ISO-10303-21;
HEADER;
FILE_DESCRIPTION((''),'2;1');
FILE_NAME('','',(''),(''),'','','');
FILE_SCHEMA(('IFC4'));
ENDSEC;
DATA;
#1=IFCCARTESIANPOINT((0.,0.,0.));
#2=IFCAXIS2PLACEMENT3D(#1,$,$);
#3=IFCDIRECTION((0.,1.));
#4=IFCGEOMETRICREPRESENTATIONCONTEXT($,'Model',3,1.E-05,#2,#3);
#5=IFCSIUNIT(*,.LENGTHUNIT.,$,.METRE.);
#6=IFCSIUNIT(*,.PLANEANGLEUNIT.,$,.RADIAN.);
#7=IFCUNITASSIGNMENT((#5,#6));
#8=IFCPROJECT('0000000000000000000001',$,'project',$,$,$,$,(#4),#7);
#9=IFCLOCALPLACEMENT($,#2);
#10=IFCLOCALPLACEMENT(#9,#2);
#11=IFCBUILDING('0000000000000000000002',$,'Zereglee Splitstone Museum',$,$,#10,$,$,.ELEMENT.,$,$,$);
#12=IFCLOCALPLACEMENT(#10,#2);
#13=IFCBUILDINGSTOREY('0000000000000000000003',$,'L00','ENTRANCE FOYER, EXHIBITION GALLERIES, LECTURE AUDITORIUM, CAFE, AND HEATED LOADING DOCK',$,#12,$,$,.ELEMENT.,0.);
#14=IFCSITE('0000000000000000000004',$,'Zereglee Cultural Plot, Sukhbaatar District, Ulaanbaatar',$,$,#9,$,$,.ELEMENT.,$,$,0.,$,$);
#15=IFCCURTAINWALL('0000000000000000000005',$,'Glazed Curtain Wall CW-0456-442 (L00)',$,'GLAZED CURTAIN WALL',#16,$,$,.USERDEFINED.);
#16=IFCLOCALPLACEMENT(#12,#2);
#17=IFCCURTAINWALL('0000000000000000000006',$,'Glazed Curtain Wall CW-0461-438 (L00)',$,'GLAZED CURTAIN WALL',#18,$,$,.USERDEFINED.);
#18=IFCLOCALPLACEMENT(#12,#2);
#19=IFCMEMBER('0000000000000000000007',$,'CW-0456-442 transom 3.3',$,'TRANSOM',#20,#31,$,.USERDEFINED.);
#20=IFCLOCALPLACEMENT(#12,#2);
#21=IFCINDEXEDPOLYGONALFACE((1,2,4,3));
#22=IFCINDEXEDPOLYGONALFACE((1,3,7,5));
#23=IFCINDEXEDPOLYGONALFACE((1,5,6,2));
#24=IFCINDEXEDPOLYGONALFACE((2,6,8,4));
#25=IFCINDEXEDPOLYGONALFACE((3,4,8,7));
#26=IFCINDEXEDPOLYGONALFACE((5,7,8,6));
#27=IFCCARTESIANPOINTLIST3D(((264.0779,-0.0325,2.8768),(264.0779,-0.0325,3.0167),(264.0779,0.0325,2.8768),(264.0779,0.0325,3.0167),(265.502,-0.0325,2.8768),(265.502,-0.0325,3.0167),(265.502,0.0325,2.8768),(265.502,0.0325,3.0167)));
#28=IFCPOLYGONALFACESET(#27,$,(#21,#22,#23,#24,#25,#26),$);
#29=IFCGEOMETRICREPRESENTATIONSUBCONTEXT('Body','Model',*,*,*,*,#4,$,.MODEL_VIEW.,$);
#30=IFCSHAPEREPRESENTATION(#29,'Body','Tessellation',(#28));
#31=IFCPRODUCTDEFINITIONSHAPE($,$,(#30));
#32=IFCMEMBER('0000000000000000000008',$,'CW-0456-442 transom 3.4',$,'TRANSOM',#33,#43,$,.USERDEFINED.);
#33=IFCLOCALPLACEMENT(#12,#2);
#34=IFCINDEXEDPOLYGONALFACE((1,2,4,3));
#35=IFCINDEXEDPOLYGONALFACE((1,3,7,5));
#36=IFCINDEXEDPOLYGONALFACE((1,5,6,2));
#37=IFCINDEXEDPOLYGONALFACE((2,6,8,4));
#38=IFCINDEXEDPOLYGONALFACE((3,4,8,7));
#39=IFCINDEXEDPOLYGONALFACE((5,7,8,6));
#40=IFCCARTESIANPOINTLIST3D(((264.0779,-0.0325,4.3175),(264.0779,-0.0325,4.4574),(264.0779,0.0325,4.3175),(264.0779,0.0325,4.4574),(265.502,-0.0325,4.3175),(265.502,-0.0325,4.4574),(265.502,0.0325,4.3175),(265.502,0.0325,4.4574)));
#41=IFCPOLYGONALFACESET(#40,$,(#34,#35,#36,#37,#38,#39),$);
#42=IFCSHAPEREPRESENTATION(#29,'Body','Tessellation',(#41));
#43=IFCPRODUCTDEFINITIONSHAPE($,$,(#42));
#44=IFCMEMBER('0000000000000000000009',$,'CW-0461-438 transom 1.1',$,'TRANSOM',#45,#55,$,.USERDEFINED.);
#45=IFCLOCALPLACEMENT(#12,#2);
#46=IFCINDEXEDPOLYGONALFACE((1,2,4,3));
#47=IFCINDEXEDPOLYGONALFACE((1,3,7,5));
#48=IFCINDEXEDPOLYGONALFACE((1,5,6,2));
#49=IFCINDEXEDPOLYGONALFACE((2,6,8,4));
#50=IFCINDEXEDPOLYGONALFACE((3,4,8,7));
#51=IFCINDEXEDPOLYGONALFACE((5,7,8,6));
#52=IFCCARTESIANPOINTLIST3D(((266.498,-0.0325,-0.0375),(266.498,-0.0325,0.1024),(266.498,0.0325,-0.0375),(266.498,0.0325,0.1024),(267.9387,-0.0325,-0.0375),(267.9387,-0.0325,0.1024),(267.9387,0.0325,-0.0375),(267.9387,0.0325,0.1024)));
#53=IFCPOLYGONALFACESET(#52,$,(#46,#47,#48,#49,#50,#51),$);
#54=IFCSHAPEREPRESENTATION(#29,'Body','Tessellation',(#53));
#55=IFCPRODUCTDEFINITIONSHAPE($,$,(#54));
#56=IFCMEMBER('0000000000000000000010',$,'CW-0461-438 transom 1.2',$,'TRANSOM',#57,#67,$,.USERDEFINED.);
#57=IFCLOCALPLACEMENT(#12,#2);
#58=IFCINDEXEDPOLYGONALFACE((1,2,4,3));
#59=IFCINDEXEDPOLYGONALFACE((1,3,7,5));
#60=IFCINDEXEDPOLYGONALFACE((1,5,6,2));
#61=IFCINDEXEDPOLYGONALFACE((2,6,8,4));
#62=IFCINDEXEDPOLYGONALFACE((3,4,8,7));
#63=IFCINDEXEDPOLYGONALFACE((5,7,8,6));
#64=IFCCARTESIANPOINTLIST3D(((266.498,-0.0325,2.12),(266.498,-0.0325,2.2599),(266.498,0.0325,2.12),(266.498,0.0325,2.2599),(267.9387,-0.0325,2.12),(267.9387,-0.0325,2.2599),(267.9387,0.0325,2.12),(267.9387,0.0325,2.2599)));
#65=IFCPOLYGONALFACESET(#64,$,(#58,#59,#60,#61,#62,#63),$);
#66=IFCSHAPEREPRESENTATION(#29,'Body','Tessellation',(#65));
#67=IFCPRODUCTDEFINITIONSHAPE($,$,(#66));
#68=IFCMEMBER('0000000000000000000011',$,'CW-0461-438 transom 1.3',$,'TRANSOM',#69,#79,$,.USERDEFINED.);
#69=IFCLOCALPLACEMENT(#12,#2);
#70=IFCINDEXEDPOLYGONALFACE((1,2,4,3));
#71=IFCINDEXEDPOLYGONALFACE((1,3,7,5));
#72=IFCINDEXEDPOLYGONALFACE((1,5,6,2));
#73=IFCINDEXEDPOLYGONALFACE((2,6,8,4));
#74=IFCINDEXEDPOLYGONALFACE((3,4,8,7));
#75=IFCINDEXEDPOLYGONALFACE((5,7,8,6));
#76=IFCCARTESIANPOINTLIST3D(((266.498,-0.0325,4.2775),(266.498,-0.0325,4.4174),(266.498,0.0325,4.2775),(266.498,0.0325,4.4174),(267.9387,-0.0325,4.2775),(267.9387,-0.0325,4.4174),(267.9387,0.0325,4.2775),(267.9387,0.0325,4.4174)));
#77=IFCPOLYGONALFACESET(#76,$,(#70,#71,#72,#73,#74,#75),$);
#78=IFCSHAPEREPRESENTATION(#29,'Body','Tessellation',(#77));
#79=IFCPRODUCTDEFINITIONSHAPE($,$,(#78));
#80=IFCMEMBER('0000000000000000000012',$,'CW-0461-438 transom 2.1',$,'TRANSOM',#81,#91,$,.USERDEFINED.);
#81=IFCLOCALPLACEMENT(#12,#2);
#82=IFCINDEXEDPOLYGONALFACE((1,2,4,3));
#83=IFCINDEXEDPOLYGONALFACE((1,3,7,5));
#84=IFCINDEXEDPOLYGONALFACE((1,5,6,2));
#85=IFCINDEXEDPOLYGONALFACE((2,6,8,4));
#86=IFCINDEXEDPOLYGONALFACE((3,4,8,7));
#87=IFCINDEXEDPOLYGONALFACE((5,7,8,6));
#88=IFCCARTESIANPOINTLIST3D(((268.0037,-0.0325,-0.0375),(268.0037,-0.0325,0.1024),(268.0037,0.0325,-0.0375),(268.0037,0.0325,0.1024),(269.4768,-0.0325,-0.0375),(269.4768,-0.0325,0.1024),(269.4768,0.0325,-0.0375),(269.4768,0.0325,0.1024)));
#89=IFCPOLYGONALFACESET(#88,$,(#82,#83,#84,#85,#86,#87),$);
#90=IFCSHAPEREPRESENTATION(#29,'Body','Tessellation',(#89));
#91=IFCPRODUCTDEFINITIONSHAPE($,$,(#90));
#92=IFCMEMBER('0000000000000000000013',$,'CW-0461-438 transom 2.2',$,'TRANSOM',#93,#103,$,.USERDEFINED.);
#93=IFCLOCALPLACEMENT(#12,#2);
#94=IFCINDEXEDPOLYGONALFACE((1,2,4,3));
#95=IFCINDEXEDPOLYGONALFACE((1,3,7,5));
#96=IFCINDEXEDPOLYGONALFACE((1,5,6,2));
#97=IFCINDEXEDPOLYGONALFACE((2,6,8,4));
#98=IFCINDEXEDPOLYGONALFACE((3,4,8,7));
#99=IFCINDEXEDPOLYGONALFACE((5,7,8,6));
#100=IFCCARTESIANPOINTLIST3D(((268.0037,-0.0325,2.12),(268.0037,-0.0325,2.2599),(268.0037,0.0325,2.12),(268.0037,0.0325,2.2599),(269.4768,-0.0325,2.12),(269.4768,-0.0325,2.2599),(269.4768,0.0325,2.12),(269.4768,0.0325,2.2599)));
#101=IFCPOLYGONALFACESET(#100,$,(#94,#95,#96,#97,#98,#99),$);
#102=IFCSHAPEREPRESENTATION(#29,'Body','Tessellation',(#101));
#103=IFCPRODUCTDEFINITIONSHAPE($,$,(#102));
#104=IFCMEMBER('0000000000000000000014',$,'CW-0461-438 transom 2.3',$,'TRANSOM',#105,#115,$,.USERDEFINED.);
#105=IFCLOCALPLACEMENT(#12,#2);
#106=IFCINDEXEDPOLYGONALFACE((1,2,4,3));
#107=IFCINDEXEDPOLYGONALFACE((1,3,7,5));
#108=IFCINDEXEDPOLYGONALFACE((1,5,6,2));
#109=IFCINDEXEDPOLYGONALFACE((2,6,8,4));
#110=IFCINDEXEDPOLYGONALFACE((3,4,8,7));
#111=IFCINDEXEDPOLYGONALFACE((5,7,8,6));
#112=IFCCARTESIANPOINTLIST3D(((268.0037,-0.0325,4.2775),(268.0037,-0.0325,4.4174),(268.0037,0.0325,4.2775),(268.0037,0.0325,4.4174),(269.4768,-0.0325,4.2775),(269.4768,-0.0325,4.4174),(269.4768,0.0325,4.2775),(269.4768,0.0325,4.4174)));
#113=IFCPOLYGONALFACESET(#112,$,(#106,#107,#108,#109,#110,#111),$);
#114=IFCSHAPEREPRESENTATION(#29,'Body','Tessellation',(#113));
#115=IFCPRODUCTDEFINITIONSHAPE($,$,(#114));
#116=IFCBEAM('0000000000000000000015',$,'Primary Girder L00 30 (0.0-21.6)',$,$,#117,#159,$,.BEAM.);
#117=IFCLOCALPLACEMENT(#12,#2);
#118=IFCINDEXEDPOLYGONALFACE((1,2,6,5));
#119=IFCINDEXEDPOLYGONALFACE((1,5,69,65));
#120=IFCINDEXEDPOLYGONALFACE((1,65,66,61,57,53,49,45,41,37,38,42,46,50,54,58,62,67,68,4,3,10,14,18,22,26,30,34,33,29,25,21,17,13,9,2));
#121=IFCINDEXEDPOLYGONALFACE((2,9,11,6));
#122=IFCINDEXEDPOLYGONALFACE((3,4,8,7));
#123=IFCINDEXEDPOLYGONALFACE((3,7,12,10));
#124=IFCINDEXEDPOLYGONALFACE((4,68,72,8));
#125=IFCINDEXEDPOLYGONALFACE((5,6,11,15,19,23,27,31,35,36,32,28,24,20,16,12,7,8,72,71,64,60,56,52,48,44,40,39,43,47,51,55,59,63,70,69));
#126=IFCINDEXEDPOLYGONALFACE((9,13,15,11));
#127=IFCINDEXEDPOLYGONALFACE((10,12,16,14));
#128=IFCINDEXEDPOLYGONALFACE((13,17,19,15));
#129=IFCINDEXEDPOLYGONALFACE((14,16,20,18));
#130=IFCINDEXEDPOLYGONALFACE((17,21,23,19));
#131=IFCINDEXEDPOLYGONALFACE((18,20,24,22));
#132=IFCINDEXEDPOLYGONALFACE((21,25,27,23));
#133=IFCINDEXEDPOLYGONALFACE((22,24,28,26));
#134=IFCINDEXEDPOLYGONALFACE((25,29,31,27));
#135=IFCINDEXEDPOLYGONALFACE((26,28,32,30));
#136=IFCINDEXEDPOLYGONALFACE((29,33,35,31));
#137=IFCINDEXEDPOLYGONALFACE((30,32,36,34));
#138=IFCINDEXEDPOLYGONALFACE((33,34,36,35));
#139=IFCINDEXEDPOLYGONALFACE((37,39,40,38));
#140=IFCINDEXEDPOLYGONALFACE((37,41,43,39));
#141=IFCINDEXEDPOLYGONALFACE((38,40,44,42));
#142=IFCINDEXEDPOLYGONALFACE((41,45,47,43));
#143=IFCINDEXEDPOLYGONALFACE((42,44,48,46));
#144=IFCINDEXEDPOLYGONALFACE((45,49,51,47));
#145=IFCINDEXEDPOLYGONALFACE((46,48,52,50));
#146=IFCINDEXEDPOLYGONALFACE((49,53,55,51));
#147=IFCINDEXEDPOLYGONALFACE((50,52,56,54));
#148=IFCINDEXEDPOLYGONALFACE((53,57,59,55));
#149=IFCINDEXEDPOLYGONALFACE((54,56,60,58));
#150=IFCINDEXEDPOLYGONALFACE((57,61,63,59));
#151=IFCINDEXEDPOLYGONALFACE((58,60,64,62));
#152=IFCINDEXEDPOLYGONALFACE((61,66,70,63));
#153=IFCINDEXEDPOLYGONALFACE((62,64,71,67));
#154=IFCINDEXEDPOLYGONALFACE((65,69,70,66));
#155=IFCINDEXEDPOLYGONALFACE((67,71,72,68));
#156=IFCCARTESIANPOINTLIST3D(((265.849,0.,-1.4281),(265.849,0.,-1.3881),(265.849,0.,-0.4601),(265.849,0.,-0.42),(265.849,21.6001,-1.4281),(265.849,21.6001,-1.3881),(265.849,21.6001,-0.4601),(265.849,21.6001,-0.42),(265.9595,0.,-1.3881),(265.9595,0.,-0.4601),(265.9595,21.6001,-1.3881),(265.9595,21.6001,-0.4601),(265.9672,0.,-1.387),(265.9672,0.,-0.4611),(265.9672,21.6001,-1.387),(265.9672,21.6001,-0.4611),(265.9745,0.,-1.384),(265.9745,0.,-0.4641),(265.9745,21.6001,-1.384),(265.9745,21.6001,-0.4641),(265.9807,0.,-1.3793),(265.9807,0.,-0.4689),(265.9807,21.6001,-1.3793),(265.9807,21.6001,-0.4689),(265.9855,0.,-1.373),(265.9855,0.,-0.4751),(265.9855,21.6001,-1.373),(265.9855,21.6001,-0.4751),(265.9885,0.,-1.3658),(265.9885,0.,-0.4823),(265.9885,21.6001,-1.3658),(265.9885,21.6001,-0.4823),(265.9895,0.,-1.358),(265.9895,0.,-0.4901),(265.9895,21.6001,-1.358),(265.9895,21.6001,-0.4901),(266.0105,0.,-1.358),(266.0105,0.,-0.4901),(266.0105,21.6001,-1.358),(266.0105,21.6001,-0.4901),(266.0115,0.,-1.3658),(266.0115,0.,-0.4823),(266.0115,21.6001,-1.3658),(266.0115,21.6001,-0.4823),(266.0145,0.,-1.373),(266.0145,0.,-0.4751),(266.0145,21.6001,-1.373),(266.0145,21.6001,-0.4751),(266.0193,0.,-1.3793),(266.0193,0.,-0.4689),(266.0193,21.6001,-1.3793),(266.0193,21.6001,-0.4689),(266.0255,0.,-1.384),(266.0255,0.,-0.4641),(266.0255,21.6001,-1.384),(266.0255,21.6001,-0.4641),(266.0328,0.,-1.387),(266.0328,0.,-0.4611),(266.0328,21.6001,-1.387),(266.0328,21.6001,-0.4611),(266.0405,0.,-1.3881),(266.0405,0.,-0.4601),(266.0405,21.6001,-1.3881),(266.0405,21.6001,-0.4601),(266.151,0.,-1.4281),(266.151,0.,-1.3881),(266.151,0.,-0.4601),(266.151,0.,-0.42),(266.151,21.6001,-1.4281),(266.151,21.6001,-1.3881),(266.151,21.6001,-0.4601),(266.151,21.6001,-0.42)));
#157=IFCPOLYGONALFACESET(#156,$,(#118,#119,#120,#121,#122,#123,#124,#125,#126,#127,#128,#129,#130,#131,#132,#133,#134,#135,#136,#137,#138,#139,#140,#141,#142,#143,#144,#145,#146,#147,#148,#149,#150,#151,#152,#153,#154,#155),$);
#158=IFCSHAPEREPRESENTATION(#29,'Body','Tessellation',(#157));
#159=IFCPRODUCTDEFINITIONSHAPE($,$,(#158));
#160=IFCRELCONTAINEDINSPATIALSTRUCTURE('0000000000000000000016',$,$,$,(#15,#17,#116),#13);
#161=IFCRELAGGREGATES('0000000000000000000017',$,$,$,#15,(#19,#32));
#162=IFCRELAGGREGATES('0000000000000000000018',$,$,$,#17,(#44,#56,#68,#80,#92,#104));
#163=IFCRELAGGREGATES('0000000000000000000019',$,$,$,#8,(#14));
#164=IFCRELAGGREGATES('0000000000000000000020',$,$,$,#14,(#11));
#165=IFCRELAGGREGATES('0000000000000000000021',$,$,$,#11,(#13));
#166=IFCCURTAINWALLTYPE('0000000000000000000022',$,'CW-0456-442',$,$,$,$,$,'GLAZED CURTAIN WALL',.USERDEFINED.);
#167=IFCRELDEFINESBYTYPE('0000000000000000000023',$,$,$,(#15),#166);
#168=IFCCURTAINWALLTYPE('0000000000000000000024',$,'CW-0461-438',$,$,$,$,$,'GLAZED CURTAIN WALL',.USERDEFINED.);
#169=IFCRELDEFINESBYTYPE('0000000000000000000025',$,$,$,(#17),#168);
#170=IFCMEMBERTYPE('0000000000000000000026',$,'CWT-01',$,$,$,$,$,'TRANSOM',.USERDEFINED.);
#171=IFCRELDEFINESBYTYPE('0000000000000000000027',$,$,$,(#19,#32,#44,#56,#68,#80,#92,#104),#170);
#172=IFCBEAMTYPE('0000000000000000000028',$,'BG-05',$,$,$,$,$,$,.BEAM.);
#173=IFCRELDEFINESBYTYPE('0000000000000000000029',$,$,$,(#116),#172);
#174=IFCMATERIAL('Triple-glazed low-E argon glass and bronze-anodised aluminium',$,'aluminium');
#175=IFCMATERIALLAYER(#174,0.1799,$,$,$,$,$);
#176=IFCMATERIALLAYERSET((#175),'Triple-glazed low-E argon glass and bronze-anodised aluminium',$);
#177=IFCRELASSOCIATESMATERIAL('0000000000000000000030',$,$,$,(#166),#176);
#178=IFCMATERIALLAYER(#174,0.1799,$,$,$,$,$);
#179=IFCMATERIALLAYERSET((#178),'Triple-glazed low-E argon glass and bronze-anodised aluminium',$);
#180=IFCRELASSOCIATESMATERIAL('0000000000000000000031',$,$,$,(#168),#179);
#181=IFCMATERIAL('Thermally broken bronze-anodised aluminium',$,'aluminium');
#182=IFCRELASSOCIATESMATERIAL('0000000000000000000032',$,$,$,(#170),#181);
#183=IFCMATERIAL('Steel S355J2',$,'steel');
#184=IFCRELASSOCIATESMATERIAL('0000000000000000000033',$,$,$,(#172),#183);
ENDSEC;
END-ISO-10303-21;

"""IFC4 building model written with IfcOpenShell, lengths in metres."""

from ifc_helpers import new_model, si_unit, direction, frame, origin, origin_2d, place, context, subcontext, project, spatial, rectangle, i_section, extrude, material, layer, layer_set, material_profile, profile_set, type_object, element, aggregate, save


model = new_model("IFC4")

# Units and contexts
model_context = context("Model", 3, precision=1e-05, world=origin(), true_north=direction((0.0, 1.0)))
body_context = subcontext(model_context, "Body", "Model", "MODEL_VIEW")
ifc_project = project(units=[si_unit("LENGTHUNIT", "METRE"), si_unit("PLANEANGLEUNIT", "RADIAN")], contexts=[model_context])

# Site, building, storey
site_placement = place(None, origin())
site = spatial("IfcSite", under=ifc_project, at=site_placement, Name="Zereglee Cultural Plot, Sukhbaatar District, Ulaanbaatar", CompositionType="ELEMENT", RefElevation=0.0)
building_placement = place(site_placement, origin())
building = spatial("IfcBuilding", under=site, at=building_placement, Name="Zereglee Splitstone Museum", CompositionType="ELEMENT")
storey_placement = place(building_placement, origin())
storey = spatial("IfcBuildingStorey", under=building, at=storey_placement, Name="L00", Description="ENTRANCE FOYER, EXHIBITION GALLERIES, LECTURE AUDITORIUM, CAFE, AND HEATED LOADING DOCK", CompositionType="ELEMENT", Elevation=0.0)

# Curtain walls
ifc_material_1 = material(Name="Triple-glazed low-E argon glass and bronze-anodised aluminium", Category="aluminium")
ifc_layer_1 = layer(ifc_material_1, 0.1799)
ifc_layer_set_1 = layer_set([ifc_layer_1], Name="Triple-glazed low-E argon glass and bronze-anodised aluminium")
curtain_wall_type_1 = type_object("IfcCurtainWallType", Name="CW-0456-442", ElementType="GLAZED CURTAIN WALL", PredefinedType="USERDEFINED", material=ifc_layer_set_1)
curtain_wall_1_placement = place(storey_placement, origin())
curtain_wall_1 = element("IfcCurtainWall", 1, at=curtain_wall_1_placement, inside=storey, type_object=curtain_wall_type_1, Name="Glazed Curtain Wall CW-0456-442 (L00)", ObjectType="GLAZED CURTAIN WALL", PredefinedType="USERDEFINED")
ifc_material_2 = material(Name="Thermally broken bronze-anodised aluminium", Category="aluminium")
ifc_layer_2 = layer(ifc_material_1, 0.1799)
ifc_layer_set_2 = layer_set([ifc_layer_2], Name="Triple-glazed low-E argon glass and bronze-anodised aluminium")
curtain_wall_type_2 = type_object("IfcCurtainWallType", Name="CW-0461-438", ElementType="GLAZED CURTAIN WALL", PredefinedType="USERDEFINED", material=ifc_layer_set_2)
curtain_wall_2_placement = place(storey_placement, origin())
curtain_wall_2 = element("IfcCurtainWall", 2, at=curtain_wall_2_placement, inside=storey, type_object=curtain_wall_type_2, Name="Glazed Curtain Wall CW-0461-438 (L00)", ObjectType="GLAZED CURTAIN WALL", PredefinedType="USERDEFINED")

# Members
ifc_material_profile_1 = material_profile(ifc_material_2, rectangle(XDim=0.0649, YDim=0.1399, at=origin_2d()), Name="CW TRAN 65x140")
ifc_profile_set_1 = profile_set([ifc_material_profile_1], Name="Thermally broken bronze-anodised aluminium")
member_type_1 = type_object("IfcMemberType", Name="CWT-01", ElementType="TRANSOM", PredefinedType="USERDEFINED", material=ifc_profile_set_1)
member_1_placement = place(storey_placement, frame((264.0779, 0.0, 2.9468), z_axis=(1.0, 0.0, 0.0), x_axis=(0.0, 1.0, 0.0)))
member_1 = element("IfcMember", 3, at=member_1_placement, type_object=member_type_1, Name="CW-0456-442 transom 3.3", ObjectType="TRANSOM", PredefinedType="USERDEFINED", context=body_context, shape_type="SweptSolid", body=[
    extrude(rectangle(XDim=0.0649, YDim=0.1399, at=origin_2d()), origin(), (0.0, 0.0, 1.0), 1.4241),
])
member_2_placement = place(storey_placement, frame((264.0779, 0.0, 4.3875), z_axis=(1.0, 0.0, 0.0), x_axis=(0.0, 1.0, 0.0)))
member_2 = element("IfcMember", 4, at=member_2_placement, type_object=member_type_1, Name="CW-0456-442 transom 3.4", ObjectType="TRANSOM", PredefinedType="USERDEFINED", context=body_context, shape_type="SweptSolid", body=[
    extrude(rectangle(XDim=0.0649, YDim=0.1399, at=origin_2d()), origin(), (0.0, 0.0, 1.0), 1.4241),
])
member_3_placement = place(storey_placement, frame((266.498, 0.0, 0.0325), z_axis=(1.0, 0.0, 0.0), x_axis=(0.0, 1.0, 0.0)))
member_3 = element("IfcMember", 5, at=member_3_placement, type_object=member_type_1, Name="CW-0461-438 transom 1.1", ObjectType="TRANSOM", PredefinedType="USERDEFINED", context=body_context, shape_type="SweptSolid", body=[
    extrude(rectangle(XDim=0.0649, YDim=0.1399, at=origin_2d()), origin(), (0.0, 0.0, 1.0), 1.4407),
])
member_4_placement = place(storey_placement, frame((266.498, 0.0, 2.1899), z_axis=(1.0, 0.0, 0.0), x_axis=(0.0, 1.0, 0.0)))
member_4 = element("IfcMember", 6, at=member_4_placement, type_object=member_type_1, Name="CW-0461-438 transom 1.2", ObjectType="TRANSOM", PredefinedType="USERDEFINED", context=body_context, shape_type="SweptSolid", body=[
    extrude(rectangle(XDim=0.0649, YDim=0.1399, at=origin_2d()), origin(), (0.0, 0.0, 1.0), 1.4407),
])
member_5_placement = place(storey_placement, frame((266.498, 0.0, 4.3474), z_axis=(1.0, 0.0, 0.0), x_axis=(0.0, 1.0, 0.0)))
member_5 = element("IfcMember", 7, at=member_5_placement, type_object=member_type_1, Name="CW-0461-438 transom 1.3", ObjectType="TRANSOM", PredefinedType="USERDEFINED", context=body_context, shape_type="SweptSolid", body=[
    extrude(rectangle(XDim=0.0649, YDim=0.1399, at=origin_2d()), origin(), (0.0, 0.0, 1.0), 1.4407),
])
member_6_placement = place(storey_placement, frame((268.0037, 0.0, 0.0325), z_axis=(1.0, 0.0, 0.0), x_axis=(0.0, 1.0, 0.0)))
member_6 = element("IfcMember", 8, at=member_6_placement, type_object=member_type_1, Name="CW-0461-438 transom 2.1", ObjectType="TRANSOM", PredefinedType="USERDEFINED", context=body_context, shape_type="SweptSolid", body=[
    extrude(rectangle(XDim=0.0649, YDim=0.1399, at=origin_2d()), origin(), (0.0, 0.0, 1.0), 1.4731),
])
member_7_placement = place(storey_placement, frame((268.0037, 0.0, 2.1899), z_axis=(1.0, 0.0, 0.0), x_axis=(0.0, 1.0, 0.0)))
member_7 = element("IfcMember", 9, at=member_7_placement, type_object=member_type_1, Name="CW-0461-438 transom 2.2", ObjectType="TRANSOM", PredefinedType="USERDEFINED", context=body_context, shape_type="SweptSolid", body=[
    extrude(rectangle(XDim=0.0649, YDim=0.1399, at=origin_2d()), origin(), (0.0, 0.0, 1.0), 1.4731),
])
member_8_placement = place(storey_placement, frame((268.0037, 0.0, 4.3474), z_axis=(1.0, 0.0, 0.0), x_axis=(0.0, 1.0, 0.0)))
member_8 = element("IfcMember", 10, at=member_8_placement, type_object=member_type_1, Name="CW-0461-438 transom 2.3", ObjectType="TRANSOM", PredefinedType="USERDEFINED", context=body_context, shape_type="SweptSolid", body=[
    extrude(rectangle(XDim=0.0649, YDim=0.1399, at=origin_2d()), origin(), (0.0, 0.0, 1.0), 1.4731),
])

# Beam
ifc_material_3 = material(Name="Steel S355J2", Category="steel")
ifc_material_profile_2 = material_profile(ifc_material_3, i_section(OverallWidth=0.302, OverallDepth=1.0081, WebThickness=0.021, FlangeThickness=0.04, FilletRadius=0.03, at=origin_2d()), Name="HE 1000 M")
ifc_profile_set_2 = profile_set([ifc_material_profile_2], Name="Steel S355J2")
beam_type_1 = type_object("IfcBeamType", Name="BG-05", PredefinedType="BEAM", material=ifc_profile_set_2)
beam_1_placement = place(storey_placement, frame((266.0, 0.0, -0.9241), z_axis=(0.0, 1.0, 0.0), x_axis=(-1.0, 0.0, 0.0)))
element("IfcBeam", 11, at=beam_1_placement, inside=storey, type_object=beam_type_1, Name="Primary Girder L00 30 (0.0-21.6)", PredefinedType="BEAM", context=body_context, shape_type="SweptSolid", body=[
    extrude(i_section(OverallWidth=0.302, OverallDepth=1.0081, WebThickness=0.021, FlangeThickness=0.04, FilletRadius=0.03, at=origin_2d()), origin(), (0.0, 0.0, 1.0), 21.6001),
])

aggregate(curtain_wall_1, [member_1, member_2])
aggregate(curtain_wall_2, [member_3, member_4, member_5, member_6, member_7, member_8])

save(model, "model.ifc")
